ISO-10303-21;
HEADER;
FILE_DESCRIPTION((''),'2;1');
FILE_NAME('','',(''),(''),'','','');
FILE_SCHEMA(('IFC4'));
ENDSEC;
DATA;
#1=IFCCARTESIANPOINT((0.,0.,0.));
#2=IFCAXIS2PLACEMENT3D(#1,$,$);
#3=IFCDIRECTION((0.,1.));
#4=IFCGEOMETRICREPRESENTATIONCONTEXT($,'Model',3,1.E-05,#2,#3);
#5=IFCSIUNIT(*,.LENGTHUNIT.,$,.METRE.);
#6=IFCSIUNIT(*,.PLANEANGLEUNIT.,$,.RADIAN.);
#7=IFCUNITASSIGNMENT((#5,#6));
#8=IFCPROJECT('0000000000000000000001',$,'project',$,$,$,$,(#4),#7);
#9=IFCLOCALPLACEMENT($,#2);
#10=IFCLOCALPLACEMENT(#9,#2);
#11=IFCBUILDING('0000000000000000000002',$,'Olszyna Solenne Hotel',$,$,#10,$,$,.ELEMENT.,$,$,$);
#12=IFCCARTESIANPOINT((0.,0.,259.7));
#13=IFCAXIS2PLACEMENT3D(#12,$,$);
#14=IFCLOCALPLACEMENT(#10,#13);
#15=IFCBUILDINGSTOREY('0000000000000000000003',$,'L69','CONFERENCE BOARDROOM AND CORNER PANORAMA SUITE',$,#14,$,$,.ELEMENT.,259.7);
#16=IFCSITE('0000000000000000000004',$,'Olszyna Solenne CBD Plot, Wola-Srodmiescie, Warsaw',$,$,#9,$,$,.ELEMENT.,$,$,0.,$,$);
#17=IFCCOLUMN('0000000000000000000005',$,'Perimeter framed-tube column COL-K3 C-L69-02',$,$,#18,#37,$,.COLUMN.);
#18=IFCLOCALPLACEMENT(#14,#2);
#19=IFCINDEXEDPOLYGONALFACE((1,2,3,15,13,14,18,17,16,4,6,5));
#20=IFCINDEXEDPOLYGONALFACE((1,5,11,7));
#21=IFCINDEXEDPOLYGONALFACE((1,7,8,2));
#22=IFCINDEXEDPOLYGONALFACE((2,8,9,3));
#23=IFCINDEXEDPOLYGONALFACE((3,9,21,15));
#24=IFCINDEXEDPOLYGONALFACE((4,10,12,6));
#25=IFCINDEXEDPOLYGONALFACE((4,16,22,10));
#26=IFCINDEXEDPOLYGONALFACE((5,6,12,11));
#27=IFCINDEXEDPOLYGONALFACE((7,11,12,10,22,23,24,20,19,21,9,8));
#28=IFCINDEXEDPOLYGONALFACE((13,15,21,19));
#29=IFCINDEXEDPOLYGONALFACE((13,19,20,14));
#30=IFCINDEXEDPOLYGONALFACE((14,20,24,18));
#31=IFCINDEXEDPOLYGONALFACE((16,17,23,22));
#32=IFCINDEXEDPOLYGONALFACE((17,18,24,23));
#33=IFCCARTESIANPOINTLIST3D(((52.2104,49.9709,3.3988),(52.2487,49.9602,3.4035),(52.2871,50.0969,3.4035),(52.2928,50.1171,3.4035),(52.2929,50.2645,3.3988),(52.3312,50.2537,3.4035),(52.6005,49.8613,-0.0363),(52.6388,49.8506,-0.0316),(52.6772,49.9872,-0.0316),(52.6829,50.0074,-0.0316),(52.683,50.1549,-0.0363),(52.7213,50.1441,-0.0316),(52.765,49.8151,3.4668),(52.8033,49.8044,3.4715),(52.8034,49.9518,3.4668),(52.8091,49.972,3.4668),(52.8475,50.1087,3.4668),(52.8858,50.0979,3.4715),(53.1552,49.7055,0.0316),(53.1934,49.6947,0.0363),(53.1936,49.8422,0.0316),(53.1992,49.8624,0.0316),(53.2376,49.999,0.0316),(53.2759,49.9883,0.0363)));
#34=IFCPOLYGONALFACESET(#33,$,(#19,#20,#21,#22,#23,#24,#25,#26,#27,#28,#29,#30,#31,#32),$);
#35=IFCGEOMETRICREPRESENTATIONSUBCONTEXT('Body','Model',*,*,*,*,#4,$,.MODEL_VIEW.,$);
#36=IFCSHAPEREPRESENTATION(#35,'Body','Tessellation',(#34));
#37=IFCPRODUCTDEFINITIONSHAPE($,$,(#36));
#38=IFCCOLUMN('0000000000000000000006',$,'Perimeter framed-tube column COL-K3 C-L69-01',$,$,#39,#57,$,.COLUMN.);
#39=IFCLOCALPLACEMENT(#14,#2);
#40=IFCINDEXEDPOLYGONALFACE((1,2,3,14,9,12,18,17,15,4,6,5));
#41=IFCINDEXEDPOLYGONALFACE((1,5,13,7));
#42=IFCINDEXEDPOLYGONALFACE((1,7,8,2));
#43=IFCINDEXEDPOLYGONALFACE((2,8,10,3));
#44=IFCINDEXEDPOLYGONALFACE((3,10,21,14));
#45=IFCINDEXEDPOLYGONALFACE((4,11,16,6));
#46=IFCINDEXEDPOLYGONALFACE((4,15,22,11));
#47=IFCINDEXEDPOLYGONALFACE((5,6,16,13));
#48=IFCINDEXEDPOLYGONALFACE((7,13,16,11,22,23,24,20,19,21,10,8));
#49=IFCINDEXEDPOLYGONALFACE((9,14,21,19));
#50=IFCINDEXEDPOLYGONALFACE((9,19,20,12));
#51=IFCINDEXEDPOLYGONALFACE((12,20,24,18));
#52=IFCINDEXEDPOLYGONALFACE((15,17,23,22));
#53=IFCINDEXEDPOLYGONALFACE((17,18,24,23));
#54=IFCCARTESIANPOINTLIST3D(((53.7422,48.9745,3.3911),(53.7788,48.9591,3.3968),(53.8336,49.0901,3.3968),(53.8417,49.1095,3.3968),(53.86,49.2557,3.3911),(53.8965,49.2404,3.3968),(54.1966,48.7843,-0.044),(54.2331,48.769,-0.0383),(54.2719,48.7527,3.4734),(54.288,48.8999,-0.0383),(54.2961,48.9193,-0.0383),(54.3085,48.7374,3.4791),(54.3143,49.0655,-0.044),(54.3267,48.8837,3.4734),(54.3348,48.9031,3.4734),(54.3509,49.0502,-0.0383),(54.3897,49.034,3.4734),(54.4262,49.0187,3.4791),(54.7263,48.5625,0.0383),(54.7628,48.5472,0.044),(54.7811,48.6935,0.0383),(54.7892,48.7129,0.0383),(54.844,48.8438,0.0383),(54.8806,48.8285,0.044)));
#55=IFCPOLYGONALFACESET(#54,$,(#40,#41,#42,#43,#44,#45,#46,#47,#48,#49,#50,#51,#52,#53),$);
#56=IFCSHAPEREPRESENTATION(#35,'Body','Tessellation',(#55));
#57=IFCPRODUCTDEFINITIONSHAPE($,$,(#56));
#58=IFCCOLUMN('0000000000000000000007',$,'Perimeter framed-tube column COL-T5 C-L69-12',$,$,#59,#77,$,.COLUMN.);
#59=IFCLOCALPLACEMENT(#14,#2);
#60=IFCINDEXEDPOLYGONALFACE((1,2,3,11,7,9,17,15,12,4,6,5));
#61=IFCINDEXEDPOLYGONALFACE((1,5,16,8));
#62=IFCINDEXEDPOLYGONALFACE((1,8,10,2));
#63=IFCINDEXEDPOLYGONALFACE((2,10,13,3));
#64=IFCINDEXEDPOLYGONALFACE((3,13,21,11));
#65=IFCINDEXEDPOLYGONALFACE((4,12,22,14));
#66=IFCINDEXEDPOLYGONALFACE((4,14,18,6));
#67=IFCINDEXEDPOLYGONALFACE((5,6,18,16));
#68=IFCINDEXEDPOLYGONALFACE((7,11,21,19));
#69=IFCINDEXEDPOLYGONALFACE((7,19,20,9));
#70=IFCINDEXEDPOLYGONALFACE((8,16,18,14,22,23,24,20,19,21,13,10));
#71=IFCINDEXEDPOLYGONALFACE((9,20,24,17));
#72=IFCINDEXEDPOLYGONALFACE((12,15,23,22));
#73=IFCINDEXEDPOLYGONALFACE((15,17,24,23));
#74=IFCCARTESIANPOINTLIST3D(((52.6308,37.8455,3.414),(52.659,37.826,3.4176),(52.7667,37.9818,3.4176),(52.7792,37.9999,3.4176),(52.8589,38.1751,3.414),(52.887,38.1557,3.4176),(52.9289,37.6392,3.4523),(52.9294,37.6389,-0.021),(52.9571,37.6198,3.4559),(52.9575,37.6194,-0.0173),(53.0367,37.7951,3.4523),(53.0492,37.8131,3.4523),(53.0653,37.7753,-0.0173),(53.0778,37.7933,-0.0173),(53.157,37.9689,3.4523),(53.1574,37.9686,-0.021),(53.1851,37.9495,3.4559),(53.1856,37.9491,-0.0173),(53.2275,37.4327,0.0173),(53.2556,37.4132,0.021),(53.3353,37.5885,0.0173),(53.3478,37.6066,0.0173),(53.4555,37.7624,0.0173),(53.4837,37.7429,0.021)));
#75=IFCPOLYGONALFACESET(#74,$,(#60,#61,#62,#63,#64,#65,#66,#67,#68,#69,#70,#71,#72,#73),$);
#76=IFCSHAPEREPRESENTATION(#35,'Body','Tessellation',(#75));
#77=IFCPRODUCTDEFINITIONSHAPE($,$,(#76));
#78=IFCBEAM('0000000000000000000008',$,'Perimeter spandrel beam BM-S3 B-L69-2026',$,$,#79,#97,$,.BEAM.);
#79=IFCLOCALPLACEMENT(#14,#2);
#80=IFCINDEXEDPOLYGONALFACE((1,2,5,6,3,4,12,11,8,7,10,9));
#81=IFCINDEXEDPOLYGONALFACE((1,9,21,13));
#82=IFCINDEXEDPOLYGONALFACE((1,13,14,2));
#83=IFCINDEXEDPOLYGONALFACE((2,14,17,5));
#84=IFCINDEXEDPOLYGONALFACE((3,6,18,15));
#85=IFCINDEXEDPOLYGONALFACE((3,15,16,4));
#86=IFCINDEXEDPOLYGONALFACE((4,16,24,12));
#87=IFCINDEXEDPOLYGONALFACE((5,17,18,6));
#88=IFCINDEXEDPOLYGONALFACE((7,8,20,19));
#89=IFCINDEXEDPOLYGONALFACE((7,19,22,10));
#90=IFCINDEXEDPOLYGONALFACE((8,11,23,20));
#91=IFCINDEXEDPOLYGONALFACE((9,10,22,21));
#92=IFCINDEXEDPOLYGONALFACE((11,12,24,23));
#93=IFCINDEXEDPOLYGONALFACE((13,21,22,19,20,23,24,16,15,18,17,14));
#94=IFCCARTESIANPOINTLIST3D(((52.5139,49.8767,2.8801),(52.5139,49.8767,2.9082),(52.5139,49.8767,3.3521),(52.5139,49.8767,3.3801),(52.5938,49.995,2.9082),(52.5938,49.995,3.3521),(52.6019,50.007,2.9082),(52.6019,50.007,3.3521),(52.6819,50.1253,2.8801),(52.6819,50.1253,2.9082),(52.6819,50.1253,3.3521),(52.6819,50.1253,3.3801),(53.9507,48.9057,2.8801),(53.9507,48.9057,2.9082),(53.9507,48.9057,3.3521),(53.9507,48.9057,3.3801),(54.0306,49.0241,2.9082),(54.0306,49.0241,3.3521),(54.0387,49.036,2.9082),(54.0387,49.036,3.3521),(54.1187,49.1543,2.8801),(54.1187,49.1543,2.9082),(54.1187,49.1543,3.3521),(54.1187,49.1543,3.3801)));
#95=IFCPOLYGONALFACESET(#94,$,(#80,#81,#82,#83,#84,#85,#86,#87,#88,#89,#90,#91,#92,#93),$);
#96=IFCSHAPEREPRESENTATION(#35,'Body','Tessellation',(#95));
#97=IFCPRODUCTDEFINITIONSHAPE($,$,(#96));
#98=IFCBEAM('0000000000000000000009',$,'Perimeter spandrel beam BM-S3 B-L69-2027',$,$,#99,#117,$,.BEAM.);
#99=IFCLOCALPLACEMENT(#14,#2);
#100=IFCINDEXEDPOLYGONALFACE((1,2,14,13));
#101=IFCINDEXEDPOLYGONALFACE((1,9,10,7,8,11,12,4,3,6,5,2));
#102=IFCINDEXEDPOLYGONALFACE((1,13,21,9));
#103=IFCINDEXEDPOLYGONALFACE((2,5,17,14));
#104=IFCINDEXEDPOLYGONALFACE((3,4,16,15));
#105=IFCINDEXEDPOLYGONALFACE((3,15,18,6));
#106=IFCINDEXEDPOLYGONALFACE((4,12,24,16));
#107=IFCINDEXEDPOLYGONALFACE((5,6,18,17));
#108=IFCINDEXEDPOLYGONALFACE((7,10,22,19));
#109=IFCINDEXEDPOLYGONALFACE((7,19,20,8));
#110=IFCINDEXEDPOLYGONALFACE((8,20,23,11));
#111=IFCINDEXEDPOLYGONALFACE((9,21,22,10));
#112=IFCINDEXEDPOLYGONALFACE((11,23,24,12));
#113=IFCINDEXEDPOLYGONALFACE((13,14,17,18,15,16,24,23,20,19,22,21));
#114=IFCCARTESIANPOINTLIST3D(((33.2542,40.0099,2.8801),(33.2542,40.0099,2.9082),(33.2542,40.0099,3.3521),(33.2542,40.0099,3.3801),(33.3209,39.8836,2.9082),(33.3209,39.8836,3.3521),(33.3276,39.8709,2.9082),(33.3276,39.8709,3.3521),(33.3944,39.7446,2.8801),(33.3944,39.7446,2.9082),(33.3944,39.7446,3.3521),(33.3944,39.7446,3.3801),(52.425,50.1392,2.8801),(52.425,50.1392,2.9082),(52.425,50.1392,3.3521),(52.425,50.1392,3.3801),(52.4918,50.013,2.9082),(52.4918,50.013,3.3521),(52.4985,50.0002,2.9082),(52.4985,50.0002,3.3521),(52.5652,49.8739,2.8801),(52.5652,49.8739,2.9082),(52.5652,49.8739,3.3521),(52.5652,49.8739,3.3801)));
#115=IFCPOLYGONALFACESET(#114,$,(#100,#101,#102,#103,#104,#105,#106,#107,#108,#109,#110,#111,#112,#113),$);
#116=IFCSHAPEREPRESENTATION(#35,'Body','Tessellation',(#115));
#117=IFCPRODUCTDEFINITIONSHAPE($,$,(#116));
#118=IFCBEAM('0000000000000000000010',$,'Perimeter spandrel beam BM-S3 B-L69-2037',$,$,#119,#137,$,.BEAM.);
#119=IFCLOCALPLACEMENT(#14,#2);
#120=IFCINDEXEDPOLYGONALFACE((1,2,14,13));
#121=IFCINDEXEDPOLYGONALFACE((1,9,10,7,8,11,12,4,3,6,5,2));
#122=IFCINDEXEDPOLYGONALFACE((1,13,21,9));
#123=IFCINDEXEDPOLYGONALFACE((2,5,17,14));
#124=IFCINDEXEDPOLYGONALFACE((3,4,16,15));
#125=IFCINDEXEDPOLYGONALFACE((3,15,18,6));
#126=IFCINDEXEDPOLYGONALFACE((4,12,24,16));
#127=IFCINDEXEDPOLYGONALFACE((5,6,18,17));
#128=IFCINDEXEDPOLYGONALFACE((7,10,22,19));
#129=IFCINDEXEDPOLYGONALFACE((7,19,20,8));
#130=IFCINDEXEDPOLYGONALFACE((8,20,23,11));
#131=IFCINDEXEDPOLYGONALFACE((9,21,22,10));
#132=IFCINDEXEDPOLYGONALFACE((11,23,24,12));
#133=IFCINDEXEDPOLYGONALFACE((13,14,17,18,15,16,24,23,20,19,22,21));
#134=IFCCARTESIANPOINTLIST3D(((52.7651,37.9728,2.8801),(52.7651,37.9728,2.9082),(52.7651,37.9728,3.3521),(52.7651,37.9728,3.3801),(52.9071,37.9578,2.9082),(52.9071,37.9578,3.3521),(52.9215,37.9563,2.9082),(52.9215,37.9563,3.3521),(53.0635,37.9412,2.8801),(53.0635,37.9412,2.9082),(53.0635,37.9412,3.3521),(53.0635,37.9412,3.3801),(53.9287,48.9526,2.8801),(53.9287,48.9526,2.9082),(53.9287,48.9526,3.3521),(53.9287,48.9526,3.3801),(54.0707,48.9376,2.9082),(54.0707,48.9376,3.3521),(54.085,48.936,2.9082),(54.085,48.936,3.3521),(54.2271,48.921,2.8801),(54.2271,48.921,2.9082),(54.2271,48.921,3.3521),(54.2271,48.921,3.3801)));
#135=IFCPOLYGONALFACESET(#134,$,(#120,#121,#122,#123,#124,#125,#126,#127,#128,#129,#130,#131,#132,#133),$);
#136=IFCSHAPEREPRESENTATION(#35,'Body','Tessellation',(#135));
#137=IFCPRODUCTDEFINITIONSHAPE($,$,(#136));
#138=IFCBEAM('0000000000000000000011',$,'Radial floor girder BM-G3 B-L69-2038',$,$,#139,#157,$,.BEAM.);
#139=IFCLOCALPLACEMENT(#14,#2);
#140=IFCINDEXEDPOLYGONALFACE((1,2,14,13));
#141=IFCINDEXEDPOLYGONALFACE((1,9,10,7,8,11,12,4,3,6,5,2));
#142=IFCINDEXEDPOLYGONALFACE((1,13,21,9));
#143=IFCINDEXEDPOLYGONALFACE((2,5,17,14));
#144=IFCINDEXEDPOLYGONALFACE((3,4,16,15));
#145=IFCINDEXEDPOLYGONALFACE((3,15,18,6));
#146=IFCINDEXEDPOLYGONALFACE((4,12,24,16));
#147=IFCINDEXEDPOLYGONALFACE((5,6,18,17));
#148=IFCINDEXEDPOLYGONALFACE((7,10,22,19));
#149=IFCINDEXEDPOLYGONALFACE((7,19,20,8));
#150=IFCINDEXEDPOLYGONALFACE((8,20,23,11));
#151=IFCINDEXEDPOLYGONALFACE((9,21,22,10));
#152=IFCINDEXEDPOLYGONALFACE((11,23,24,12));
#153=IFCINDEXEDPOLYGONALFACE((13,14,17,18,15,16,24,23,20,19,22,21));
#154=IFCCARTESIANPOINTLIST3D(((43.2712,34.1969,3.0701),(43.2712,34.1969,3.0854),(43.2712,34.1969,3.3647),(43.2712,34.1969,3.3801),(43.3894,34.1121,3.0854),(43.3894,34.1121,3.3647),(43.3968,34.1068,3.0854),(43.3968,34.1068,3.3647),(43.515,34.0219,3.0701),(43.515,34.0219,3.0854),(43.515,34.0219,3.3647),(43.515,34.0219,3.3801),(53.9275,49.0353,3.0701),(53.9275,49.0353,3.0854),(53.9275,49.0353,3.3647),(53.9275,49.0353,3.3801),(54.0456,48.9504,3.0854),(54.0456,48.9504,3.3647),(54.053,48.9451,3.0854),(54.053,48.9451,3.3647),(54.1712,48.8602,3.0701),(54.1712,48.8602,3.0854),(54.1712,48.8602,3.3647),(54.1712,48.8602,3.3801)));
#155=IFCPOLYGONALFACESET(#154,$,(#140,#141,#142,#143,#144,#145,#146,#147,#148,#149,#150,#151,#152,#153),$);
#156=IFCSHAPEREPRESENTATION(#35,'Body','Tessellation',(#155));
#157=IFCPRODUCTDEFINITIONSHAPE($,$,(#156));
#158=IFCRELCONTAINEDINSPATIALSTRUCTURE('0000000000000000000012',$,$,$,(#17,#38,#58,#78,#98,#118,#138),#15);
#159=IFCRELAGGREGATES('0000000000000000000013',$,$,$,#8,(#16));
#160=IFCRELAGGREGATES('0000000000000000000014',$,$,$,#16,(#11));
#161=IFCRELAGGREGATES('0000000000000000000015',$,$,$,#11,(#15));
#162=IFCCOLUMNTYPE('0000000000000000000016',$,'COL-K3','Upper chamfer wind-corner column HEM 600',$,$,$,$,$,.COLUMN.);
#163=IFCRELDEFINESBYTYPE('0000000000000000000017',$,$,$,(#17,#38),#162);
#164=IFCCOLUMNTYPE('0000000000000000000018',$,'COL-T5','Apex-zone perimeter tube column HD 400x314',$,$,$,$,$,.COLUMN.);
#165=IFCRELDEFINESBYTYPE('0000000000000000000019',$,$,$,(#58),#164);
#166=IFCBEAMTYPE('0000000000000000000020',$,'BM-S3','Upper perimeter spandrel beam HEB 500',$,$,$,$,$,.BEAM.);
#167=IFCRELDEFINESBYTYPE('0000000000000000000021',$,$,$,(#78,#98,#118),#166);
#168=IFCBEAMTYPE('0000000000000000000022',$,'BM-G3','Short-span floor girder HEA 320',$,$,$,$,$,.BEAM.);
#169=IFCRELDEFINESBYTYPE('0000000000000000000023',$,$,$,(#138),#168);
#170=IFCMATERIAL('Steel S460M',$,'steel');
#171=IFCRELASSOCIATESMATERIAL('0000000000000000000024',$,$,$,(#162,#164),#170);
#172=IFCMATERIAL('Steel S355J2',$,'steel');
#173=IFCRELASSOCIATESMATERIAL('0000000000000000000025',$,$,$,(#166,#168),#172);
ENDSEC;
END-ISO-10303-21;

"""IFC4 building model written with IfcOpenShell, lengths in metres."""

from ifc_helpers import new_model, si_unit, direction, frame, origin, origin_2d, place, context, subcontext, project, spatial, i_section, extrude, source, transform, mapped, material, material_profile, profile_set, type_object, element, save


model = new_model("IFC4")

# Units and contexts
model_context = context("Model", 3, precision=1e-05, world=origin(), true_north=direction((0.0, 1.0)))
body_context = subcontext(model_context, "Body", "Model", "MODEL_VIEW")
ifc_project = project(units=[si_unit("LENGTHUNIT", "METRE"), si_unit("PLANEANGLEUNIT", "RADIAN")], contexts=[model_context])

# Site, building, storey
site_placement = place(None, origin())
site = spatial("IfcSite", under=ifc_project, at=site_placement, Name="Olszyna Solenne CBD Plot, Wola-Srodmiescie, Warsaw", CompositionType="ELEMENT", RefElevation=0.0)
building_placement = place(site_placement, origin())
building = spatial("IfcBuilding", under=site, at=building_placement, Name="Olszyna Solenne Hotel", CompositionType="ELEMENT")
storey_placement = place(building_placement, frame((0.0, 0.0, 259.7)))
storey = spatial("IfcBuildingStorey", under=building, at=storey_placement, Name="L69", Description="CONFERENCE BOARDROOM AND CORNER PANORAMA SUITE", CompositionType="ELEMENT", Elevation=259.7)

# Columns
ifc_material_1 = material(Name="Steel S460M", Category="steel")
ifc_material_profile_1 = material_profile(ifc_material_1, i_section(OverallWidth=0.3049, OverallDepth=0.6201, WebThickness=0.021, FlangeThickness=0.04, at=origin_2d()), Name="HEM 600", Category="load-bearing")
ifc_profile_set_1 = profile_set([ifc_material_profile_1], Name="Steel S460M")
column_type_1 = type_object("IfcColumnType", Name="COL-K3", Description="Upper chamfer wind-corner column HEM 600", PredefinedType="COLUMN", material=ifc_profile_set_1)
shared_shape_1 = source(origin(), body_context, "Body", "SweptSolid", [
    extrude(i_section(OverallWidth=0.3049, OverallDepth=0.6201, WebThickness=0.021, FlangeThickness=0.04, at=origin_2d()), origin(), (0.0, 0.0, 1.0), 3.459),
])
column_1_placement = place(storey_placement, frame((52.9382, 49.9248, 0.0), z_axis=(-0.112793, 0.031692, 0.993113), x_axis=(-0.270501, -0.96272, 0.0)))
element("IfcColumn", 1, at=column_1_placement, inside=storey, type_object=column_type_1, Name="Perimeter framed-tube column COL-K3 C-L69-02", PredefinedType="COLUMN", context=body_context, shape_type="MappedRepresentation", body=[
    mapped(shared_shape_1, transform((0.0, 0.0, 0.0), x_axis=(1.0, 0.0, 0.0), y_axis=(0.0, 1.0, 0.0), z_axis=(0.0, 0.0, 1.0), scale=1.0)),
])
shared_shape_2 = source(origin(), body_context, "Body", "SweptSolid", [
    extrude(i_section(OverallWidth=0.3049, OverallDepth=0.6201, WebThickness=0.021, FlangeThickness=0.04, at=origin_2d()), origin(), (0.0, 0.0, 1.0), 3.4702),
])
column_2_placement = place(storey_placement, frame((54.5386, 48.8064, 0.0), z_axis=(-0.130928, 0.054805, 0.989876), x_axis=(-0.386128, -0.922445, 0.0)))
element("IfcColumn", 2, at=column_2_placement, inside=storey, type_object=column_type_1, Name="Perimeter framed-tube column COL-K3 C-L69-01", PredefinedType="COLUMN", context=body_context, shape_type="MappedRepresentation", body=[
    mapped(shared_shape_2, transform((0.0, 0.0, 0.0), x_axis=(1.0, 0.0, 0.0), y_axis=(0.0, 1.0, 0.0), z_axis=(0.0, 0.0, 1.0), scale=1.0)),
])
ifc_material_profile_2 = material_profile(ifc_material_1, i_section(OverallWidth=0.4009, OverallDepth=0.3989, WebThickness=0.022, FlangeThickness=0.0344, at=origin_2d()), Name="HD 400x314", Category="load-bearing")
ifc_profile_set_2 = profile_set([ifc_material_profile_2], Name="Steel S460M")
column_type_2 = type_object("IfcColumnType", Name="COL-T5", Description="Apex-zone perimeter tube column HD 400x314", PredefinedType="COLUMN", material=ifc_profile_set_2)
shared_shape_3 = source(origin(), body_context, "Body", "SweptSolid", [
    extrude(i_section(OverallWidth=0.4009, OverallDepth=0.3989, WebThickness=0.022, FlangeThickness=0.0344, at=origin_2d()), origin(), (0.0, 0.0, 1.0), 3.4541),
])
column_3_placement = place(storey_placement, frame((53.2065, 37.6909, 0.0), z_axis=(-0.086441, 0.059795, 0.994461), x_axis=(-0.568895, -0.82241, 0.0)))
element("IfcColumn", 3, at=column_3_placement, inside=storey, type_object=column_type_2, Name="Perimeter framed-tube column COL-T5 C-L69-12", PredefinedType="COLUMN", context=body_context, shape_type="MappedRepresentation", body=[
    mapped(shared_shape_3, transform((0.0, 0.0, 0.0), x_axis=(1.0, 0.0, 0.0), y_axis=(0.0, 1.0, 0.0), z_axis=(0.0, 0.0, 1.0), scale=1.0)),
])

# Beams
ifc_material_2 = material(Name="Steel S355J2", Category="steel")
ifc_material_profile_3 = material_profile(ifc_material_2, i_section(OverallWidth=0.3, OverallDepth=0.5, WebThickness=0.0144, FlangeThickness=0.0281, at=origin_2d()), Name="HEB 500", Category="load-bearing")
ifc_profile_set_3 = profile_set([ifc_material_profile_3], Name="Steel S355J2")
beam_type_1 = type_object("IfcBeamType", Name="BM-S3", Description="Upper perimeter spandrel beam HEB 500", PredefinedType="BEAM", material=ifc_profile_set_3)
shared_shape_4 = source(origin(), body_context, "Body", "SweptSolid", [
    extrude(i_section(OverallWidth=0.3, OverallDepth=0.5, WebThickness=0.0144, FlangeThickness=0.0281, at=origin_2d()), origin(), (0.0, 0.0, 1.0), 1.7341),
])
beam_1_placement = place(storey_placement, frame((54.0347, 49.03, 3.1301), z_axis=(-0.828547, 0.55992, 0.0), x_axis=(-0.55992, -0.828547, 0.0)))
element("IfcBeam", 4, at=beam_1_placement, inside=storey, type_object=beam_type_1, Name="Perimeter spandrel beam BM-S3 B-L69-2026", PredefinedType="BEAM", context=body_context, shape_type="MappedRepresentation", body=[
    mapped(shared_shape_4, transform((0.0, 0.0, 0.0), x_axis=(1.0, 0.0, 0.0), y_axis=(0.0, 1.0, 0.0), z_axis=(0.0, 0.0, 1.0), scale=1.0)),
])
shared_shape_5 = source(origin(), body_context, "Body", "SweptSolid", [
    extrude(i_section(OverallWidth=0.3, OverallDepth=0.5, WebThickness=0.0144, FlangeThickness=0.0281, at=origin_2d()), origin(), (0.0, 0.0, 1.0), 21.6824),
])
beam_2_placement = place(storey_placement, frame((52.4951, 50.0066, 3.1301), z_axis=(-0.884167, -0.467171, 0.0), x_axis=(0.467171, -0.884167, 0.0)))
element("IfcBeam", 5, at=beam_2_placement, inside=storey, type_object=beam_type_1, Name="Perimeter spandrel beam BM-S3 B-L69-2027", PredefinedType="BEAM", context=body_context, shape_type="MappedRepresentation", body=[
    mapped(shared_shape_5, transform((0.0, 0.0, 0.0), x_axis=(1.0, 0.0, 0.0), y_axis=(0.0, 1.0, 0.0), z_axis=(0.0, 0.0, 1.0), scale=1.0)),
])
shared_shape_6 = source(origin(), body_context, "Body", "SweptSolid", [
    extrude(i_section(OverallWidth=0.3, OverallDepth=0.5, WebThickness=0.0144, FlangeThickness=0.0281, at=origin_2d()), origin(), (0.0, 0.0, 1.0), 11.0413),
])
beam_3_placement = place(storey_placement, frame((52.9143, 37.957, 3.1301), z_axis=(0.105385, 0.994432, 0.0), x_axis=(-0.994432, 0.105385, 0.0)))
element("IfcBeam", 6, at=beam_3_placement, inside=storey, type_object=beam_type_1, Name="Perimeter spandrel beam BM-S3 B-L69-2037", PredefinedType="BEAM", context=body_context, shape_type="MappedRepresentation", body=[
    mapped(shared_shape_6, transform((0.0, 0.0, 0.0), x_axis=(1.0, 0.0, 0.0), y_axis=(0.0, 1.0, 0.0), z_axis=(0.0, 0.0, 1.0), scale=1.0)),
])
ifc_material_profile_4 = material_profile(ifc_material_2, i_section(OverallWidth=0.3, OverallDepth=0.3101, WebThickness=0.009, FlangeThickness=0.0154, at=origin_2d()), Name="HEA 320", Category="load-bearing")
ifc_profile_set_4 = profile_set([ifc_material_profile_4], Name="Steel S355J2")
beam_type_2 = type_object("IfcBeamType", Name="BM-G3", Description="Short-span floor girder HEA 320", PredefinedType="BEAM", material=ifc_profile_set_4)
shared_shape_7 = source(origin(), body_context, "Body", "SweptSolid", [
    extrude(i_section(OverallWidth=0.3, OverallDepth=0.3101, WebThickness=0.009, FlangeThickness=0.0154, at=origin_2d()), origin(), (0.0, 0.0, 1.0), 18.2683),
])
beam_4_placement = place(storey_placement, frame((54.0493, 48.9478, 3.2251), z_axis=(-0.583317, -0.812245, 0.0), x_axis=(0.812245, -0.583317, 0.0)))
element("IfcBeam", 7, at=beam_4_placement, inside=storey, type_object=beam_type_2, Name="Radial floor girder BM-G3 B-L69-2038", PredefinedType="BEAM", context=body_context, shape_type="MappedRepresentation", body=[
    mapped(shared_shape_7, transform((0.0, 0.0, 0.0), x_axis=(1.0, 0.0, 0.0), y_axis=(0.0, 1.0, 0.0), z_axis=(0.0, 0.0, 1.0), scale=1.0)),
])

save(model, "model.ifc")
